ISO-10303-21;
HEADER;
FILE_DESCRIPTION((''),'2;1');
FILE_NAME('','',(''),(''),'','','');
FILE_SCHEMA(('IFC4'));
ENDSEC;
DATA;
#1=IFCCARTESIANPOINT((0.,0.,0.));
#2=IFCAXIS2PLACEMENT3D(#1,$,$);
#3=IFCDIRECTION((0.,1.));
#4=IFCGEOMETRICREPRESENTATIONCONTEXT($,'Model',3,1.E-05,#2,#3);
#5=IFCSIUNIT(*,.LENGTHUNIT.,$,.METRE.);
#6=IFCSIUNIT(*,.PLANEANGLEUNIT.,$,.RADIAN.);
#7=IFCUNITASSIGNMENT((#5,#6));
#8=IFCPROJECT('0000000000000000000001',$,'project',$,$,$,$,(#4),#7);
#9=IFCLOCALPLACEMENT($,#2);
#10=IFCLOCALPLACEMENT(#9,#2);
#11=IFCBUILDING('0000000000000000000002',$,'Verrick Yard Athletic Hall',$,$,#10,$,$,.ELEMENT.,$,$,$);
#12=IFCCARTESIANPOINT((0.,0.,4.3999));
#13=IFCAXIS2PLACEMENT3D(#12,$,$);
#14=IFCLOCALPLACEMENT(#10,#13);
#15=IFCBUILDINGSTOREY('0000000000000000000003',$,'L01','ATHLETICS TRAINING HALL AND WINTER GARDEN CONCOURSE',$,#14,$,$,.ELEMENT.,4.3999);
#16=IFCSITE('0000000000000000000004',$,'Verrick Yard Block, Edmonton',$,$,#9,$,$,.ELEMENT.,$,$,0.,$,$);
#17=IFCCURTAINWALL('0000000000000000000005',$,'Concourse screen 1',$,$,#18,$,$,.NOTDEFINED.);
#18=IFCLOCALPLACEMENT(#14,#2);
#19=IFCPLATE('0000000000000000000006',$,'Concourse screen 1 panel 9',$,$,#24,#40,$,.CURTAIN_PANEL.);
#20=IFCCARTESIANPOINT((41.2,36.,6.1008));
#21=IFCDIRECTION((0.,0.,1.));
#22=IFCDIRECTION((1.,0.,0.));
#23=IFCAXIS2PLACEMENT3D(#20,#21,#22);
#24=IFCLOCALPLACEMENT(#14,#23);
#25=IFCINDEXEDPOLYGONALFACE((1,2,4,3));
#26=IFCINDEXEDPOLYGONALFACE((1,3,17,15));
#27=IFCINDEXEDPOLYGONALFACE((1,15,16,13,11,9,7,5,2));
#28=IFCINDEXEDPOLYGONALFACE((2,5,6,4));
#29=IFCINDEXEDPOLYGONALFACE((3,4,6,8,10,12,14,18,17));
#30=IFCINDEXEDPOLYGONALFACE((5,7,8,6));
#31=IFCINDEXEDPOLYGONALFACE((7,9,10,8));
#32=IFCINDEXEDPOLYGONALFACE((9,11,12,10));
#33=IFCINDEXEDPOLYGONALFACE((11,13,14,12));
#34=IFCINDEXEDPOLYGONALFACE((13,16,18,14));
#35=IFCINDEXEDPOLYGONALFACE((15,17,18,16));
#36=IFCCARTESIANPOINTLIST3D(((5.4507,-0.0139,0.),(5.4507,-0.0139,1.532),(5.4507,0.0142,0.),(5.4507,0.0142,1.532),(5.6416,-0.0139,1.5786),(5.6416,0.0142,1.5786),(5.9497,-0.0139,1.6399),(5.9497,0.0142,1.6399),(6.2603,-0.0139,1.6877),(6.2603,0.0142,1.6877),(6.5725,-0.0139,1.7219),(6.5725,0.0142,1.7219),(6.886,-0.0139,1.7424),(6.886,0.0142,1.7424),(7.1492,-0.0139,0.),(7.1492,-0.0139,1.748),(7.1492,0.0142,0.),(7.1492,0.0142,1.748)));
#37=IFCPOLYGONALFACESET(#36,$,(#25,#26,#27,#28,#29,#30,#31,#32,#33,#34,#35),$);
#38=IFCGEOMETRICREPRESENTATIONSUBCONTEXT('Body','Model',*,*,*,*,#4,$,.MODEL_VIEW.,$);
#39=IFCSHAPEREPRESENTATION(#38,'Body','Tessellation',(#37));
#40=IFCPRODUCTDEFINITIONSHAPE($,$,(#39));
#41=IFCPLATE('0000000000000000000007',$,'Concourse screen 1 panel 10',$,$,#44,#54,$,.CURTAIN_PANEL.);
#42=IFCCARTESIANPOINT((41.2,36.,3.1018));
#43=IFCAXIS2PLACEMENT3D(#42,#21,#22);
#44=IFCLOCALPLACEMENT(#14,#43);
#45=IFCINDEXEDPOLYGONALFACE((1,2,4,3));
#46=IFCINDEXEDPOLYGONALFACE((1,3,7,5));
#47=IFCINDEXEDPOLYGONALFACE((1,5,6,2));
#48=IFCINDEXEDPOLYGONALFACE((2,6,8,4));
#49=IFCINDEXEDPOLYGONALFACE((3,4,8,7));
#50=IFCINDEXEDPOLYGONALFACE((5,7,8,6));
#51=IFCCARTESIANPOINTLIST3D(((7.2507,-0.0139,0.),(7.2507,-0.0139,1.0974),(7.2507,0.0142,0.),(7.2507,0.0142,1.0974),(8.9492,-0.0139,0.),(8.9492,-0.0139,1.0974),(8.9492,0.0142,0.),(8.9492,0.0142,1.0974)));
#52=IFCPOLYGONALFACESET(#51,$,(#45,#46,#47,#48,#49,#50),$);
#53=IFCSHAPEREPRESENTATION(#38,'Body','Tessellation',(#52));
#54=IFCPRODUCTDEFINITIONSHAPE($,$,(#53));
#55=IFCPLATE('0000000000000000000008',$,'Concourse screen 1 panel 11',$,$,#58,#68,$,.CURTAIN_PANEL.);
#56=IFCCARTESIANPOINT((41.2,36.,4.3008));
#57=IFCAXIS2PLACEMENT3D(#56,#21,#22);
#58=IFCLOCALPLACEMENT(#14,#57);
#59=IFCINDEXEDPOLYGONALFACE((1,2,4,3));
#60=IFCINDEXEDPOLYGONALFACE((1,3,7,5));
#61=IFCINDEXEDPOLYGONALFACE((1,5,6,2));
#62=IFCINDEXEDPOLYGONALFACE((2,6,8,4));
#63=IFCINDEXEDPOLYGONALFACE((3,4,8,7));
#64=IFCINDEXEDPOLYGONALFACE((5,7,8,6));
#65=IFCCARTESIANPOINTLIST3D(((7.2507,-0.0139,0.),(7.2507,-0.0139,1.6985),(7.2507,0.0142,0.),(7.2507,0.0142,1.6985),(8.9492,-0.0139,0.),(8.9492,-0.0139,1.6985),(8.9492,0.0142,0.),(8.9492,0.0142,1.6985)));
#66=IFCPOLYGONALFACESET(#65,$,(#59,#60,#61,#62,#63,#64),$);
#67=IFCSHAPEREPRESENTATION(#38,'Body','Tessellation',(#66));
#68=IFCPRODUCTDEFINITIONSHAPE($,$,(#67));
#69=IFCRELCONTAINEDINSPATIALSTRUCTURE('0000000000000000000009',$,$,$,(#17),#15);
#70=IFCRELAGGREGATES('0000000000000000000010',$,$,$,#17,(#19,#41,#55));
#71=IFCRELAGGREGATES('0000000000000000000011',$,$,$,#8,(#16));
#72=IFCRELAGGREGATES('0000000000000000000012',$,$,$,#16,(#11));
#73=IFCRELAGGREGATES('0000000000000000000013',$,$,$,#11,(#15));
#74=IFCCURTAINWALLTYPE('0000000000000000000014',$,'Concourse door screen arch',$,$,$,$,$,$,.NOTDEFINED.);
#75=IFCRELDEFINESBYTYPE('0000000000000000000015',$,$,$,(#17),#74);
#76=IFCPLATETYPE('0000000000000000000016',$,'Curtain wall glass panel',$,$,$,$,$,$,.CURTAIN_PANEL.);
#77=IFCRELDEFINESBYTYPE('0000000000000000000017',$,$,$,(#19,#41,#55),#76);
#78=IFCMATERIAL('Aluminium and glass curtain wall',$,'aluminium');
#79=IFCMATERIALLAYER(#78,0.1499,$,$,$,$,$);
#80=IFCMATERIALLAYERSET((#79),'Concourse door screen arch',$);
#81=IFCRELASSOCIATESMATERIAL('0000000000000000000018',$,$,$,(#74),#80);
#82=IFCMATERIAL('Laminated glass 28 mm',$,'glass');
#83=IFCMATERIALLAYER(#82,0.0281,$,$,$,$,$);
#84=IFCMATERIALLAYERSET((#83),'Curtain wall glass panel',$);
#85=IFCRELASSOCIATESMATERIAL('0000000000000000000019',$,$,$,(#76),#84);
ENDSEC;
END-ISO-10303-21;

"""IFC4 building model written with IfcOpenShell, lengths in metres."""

from ifc_helpers import new_model, si_unit, direction, frame, origin, place, context, subcontext, project, spatial, polyline, outline, extrude, material, layer, layer_set, type_object, element, aggregate, save


model = new_model("IFC4")

# Units and contexts
model_context = context("Model", 3, precision=1e-05, world=origin(), true_north=direction((0.0, 1.0)))
body_context = subcontext(model_context, "Body", "Model", "MODEL_VIEW")
ifc_project = project(units=[si_unit("LENGTHUNIT", "METRE"), si_unit("PLANEANGLEUNIT", "RADIAN")], contexts=[model_context])

# Site, building, storey
site_placement = place(None, origin())
site = spatial("IfcSite", under=ifc_project, at=site_placement, Name="Verrick Yard Block, Edmonton", CompositionType="ELEMENT", RefElevation=0.0)
building_placement = place(site_placement, origin())
building = spatial("IfcBuilding", under=site, at=building_placement, Name="Verrick Yard Athletic Hall", CompositionType="ELEMENT")
storey_placement = place(building_placement, frame((0.0, 0.0, 4.3999)))
storey = spatial("IfcBuildingStorey", under=building, at=storey_placement, Name="L01", Description="ATHLETICS TRAINING HALL AND WINTER GARDEN CONCOURSE", CompositionType="ELEMENT", Elevation=4.3999)

# Curtain wall, plates
ifc_material_1 = material(Name="Aluminium and glass curtain wall", Category="aluminium")
ifc_layer_1 = layer(ifc_material_1, 0.1499)
ifc_layer_set_1 = layer_set([ifc_layer_1], Name="Concourse door screen arch")
curtain_wall_type = type_object("IfcCurtainWallType", Name="Concourse door screen arch", PredefinedType="NOTDEFINED", material=ifc_layer_set_1)
curtain_wall_placement = place(storey_placement, origin())
curtain_wall = element("IfcCurtainWall", 1, at=curtain_wall_placement, inside=storey, type_object=curtain_wall_type, Name="Concourse screen 1", PredefinedType="NOTDEFINED")
ifc_material_2 = material(Name="Laminated glass 28 mm", Category="glass")
ifc_layer_2 = layer(ifc_material_2, 0.0281)
ifc_layer_set_2 = layer_set([ifc_layer_2], Name="Curtain wall glass panel")
plate_type = type_object("IfcPlateType", Name="Curtain wall glass panel", PredefinedType="CURTAIN_PANEL", material=ifc_layer_set_2)
plate_1_placement = place(storey_placement, frame((41.2, 36.0, 6.1008), z_axis=(0.0, 0.0, 1.0), x_axis=(1.0, 0.0, 0.0)))
plate_1 = element("IfcPlate", 2, at=plate_1_placement, type_object=plate_type, Name="Concourse screen 1 panel 9", PredefinedType="CURTAIN_PANEL", context=body_context, shape_type="SweptSolid", body=[
    extrude(outline(polyline([(7.1492, 1.748), (6.886, 1.7424), (6.5725, 1.7219), (6.2603, 1.6877), (5.9497, 1.6399), (5.6416, 1.5786), (5.4507, 1.532), (5.4507, 0.0), (7.1492, 0.0), (7.1492, 1.748)])), frame((0.0, 0.0142, 0.0), z_axis=(0.0, -1.0, 0.0), x_axis=(1.0, 0.0, 0.0)), (0.0, 0.0, 1.0), 0.0281),
])
plate_2_placement = place(storey_placement, frame((41.2, 36.0, 3.1018), z_axis=(0.0, 0.0, 1.0), x_axis=(1.0, 0.0, 0.0)))
plate_2 = element("IfcPlate", 3, at=plate_2_placement, type_object=plate_type, Name="Concourse screen 1 panel 10", PredefinedType="CURTAIN_PANEL", context=body_context, shape_type="SweptSolid", body=[
    extrude(outline(polyline([(8.9492, 0.0), (8.9492, 1.0974), (7.2507, 1.0974), (7.2507, 0.0), (8.9492, 0.0)])), frame((0.0, 0.0142, 0.0), z_axis=(0.0, -1.0, 0.0), x_axis=(1.0, 0.0, 0.0)), (0.0, 0.0, 1.0), 0.0281),
])
plate_3_placement = place(storey_placement, frame((41.2, 36.0, 4.3008), z_axis=(0.0, 0.0, 1.0), x_axis=(1.0, 0.0, 0.0)))
plate_3 = element("IfcPlate", 4, at=plate_3_placement, type_object=plate_type, Name="Concourse screen 1 panel 11", PredefinedType="CURTAIN_PANEL", context=body_context, shape_type="SweptSolid", body=[
    extrude(outline(polyline([(8.9492, 0.0), (8.9492, 1.6985), (7.2507, 1.6985), (7.2507, 0.0), (8.9492, 0.0)])), frame((0.0, 0.0142, 0.0), z_axis=(0.0, -1.0, 0.0), x_axis=(1.0, 0.0, 0.0)), (0.0, 0.0, 1.0), 0.0281),
])
aggregate(curtain_wall, [plate_1, plate_2, plate_3])

save(model, "model.ifc")
